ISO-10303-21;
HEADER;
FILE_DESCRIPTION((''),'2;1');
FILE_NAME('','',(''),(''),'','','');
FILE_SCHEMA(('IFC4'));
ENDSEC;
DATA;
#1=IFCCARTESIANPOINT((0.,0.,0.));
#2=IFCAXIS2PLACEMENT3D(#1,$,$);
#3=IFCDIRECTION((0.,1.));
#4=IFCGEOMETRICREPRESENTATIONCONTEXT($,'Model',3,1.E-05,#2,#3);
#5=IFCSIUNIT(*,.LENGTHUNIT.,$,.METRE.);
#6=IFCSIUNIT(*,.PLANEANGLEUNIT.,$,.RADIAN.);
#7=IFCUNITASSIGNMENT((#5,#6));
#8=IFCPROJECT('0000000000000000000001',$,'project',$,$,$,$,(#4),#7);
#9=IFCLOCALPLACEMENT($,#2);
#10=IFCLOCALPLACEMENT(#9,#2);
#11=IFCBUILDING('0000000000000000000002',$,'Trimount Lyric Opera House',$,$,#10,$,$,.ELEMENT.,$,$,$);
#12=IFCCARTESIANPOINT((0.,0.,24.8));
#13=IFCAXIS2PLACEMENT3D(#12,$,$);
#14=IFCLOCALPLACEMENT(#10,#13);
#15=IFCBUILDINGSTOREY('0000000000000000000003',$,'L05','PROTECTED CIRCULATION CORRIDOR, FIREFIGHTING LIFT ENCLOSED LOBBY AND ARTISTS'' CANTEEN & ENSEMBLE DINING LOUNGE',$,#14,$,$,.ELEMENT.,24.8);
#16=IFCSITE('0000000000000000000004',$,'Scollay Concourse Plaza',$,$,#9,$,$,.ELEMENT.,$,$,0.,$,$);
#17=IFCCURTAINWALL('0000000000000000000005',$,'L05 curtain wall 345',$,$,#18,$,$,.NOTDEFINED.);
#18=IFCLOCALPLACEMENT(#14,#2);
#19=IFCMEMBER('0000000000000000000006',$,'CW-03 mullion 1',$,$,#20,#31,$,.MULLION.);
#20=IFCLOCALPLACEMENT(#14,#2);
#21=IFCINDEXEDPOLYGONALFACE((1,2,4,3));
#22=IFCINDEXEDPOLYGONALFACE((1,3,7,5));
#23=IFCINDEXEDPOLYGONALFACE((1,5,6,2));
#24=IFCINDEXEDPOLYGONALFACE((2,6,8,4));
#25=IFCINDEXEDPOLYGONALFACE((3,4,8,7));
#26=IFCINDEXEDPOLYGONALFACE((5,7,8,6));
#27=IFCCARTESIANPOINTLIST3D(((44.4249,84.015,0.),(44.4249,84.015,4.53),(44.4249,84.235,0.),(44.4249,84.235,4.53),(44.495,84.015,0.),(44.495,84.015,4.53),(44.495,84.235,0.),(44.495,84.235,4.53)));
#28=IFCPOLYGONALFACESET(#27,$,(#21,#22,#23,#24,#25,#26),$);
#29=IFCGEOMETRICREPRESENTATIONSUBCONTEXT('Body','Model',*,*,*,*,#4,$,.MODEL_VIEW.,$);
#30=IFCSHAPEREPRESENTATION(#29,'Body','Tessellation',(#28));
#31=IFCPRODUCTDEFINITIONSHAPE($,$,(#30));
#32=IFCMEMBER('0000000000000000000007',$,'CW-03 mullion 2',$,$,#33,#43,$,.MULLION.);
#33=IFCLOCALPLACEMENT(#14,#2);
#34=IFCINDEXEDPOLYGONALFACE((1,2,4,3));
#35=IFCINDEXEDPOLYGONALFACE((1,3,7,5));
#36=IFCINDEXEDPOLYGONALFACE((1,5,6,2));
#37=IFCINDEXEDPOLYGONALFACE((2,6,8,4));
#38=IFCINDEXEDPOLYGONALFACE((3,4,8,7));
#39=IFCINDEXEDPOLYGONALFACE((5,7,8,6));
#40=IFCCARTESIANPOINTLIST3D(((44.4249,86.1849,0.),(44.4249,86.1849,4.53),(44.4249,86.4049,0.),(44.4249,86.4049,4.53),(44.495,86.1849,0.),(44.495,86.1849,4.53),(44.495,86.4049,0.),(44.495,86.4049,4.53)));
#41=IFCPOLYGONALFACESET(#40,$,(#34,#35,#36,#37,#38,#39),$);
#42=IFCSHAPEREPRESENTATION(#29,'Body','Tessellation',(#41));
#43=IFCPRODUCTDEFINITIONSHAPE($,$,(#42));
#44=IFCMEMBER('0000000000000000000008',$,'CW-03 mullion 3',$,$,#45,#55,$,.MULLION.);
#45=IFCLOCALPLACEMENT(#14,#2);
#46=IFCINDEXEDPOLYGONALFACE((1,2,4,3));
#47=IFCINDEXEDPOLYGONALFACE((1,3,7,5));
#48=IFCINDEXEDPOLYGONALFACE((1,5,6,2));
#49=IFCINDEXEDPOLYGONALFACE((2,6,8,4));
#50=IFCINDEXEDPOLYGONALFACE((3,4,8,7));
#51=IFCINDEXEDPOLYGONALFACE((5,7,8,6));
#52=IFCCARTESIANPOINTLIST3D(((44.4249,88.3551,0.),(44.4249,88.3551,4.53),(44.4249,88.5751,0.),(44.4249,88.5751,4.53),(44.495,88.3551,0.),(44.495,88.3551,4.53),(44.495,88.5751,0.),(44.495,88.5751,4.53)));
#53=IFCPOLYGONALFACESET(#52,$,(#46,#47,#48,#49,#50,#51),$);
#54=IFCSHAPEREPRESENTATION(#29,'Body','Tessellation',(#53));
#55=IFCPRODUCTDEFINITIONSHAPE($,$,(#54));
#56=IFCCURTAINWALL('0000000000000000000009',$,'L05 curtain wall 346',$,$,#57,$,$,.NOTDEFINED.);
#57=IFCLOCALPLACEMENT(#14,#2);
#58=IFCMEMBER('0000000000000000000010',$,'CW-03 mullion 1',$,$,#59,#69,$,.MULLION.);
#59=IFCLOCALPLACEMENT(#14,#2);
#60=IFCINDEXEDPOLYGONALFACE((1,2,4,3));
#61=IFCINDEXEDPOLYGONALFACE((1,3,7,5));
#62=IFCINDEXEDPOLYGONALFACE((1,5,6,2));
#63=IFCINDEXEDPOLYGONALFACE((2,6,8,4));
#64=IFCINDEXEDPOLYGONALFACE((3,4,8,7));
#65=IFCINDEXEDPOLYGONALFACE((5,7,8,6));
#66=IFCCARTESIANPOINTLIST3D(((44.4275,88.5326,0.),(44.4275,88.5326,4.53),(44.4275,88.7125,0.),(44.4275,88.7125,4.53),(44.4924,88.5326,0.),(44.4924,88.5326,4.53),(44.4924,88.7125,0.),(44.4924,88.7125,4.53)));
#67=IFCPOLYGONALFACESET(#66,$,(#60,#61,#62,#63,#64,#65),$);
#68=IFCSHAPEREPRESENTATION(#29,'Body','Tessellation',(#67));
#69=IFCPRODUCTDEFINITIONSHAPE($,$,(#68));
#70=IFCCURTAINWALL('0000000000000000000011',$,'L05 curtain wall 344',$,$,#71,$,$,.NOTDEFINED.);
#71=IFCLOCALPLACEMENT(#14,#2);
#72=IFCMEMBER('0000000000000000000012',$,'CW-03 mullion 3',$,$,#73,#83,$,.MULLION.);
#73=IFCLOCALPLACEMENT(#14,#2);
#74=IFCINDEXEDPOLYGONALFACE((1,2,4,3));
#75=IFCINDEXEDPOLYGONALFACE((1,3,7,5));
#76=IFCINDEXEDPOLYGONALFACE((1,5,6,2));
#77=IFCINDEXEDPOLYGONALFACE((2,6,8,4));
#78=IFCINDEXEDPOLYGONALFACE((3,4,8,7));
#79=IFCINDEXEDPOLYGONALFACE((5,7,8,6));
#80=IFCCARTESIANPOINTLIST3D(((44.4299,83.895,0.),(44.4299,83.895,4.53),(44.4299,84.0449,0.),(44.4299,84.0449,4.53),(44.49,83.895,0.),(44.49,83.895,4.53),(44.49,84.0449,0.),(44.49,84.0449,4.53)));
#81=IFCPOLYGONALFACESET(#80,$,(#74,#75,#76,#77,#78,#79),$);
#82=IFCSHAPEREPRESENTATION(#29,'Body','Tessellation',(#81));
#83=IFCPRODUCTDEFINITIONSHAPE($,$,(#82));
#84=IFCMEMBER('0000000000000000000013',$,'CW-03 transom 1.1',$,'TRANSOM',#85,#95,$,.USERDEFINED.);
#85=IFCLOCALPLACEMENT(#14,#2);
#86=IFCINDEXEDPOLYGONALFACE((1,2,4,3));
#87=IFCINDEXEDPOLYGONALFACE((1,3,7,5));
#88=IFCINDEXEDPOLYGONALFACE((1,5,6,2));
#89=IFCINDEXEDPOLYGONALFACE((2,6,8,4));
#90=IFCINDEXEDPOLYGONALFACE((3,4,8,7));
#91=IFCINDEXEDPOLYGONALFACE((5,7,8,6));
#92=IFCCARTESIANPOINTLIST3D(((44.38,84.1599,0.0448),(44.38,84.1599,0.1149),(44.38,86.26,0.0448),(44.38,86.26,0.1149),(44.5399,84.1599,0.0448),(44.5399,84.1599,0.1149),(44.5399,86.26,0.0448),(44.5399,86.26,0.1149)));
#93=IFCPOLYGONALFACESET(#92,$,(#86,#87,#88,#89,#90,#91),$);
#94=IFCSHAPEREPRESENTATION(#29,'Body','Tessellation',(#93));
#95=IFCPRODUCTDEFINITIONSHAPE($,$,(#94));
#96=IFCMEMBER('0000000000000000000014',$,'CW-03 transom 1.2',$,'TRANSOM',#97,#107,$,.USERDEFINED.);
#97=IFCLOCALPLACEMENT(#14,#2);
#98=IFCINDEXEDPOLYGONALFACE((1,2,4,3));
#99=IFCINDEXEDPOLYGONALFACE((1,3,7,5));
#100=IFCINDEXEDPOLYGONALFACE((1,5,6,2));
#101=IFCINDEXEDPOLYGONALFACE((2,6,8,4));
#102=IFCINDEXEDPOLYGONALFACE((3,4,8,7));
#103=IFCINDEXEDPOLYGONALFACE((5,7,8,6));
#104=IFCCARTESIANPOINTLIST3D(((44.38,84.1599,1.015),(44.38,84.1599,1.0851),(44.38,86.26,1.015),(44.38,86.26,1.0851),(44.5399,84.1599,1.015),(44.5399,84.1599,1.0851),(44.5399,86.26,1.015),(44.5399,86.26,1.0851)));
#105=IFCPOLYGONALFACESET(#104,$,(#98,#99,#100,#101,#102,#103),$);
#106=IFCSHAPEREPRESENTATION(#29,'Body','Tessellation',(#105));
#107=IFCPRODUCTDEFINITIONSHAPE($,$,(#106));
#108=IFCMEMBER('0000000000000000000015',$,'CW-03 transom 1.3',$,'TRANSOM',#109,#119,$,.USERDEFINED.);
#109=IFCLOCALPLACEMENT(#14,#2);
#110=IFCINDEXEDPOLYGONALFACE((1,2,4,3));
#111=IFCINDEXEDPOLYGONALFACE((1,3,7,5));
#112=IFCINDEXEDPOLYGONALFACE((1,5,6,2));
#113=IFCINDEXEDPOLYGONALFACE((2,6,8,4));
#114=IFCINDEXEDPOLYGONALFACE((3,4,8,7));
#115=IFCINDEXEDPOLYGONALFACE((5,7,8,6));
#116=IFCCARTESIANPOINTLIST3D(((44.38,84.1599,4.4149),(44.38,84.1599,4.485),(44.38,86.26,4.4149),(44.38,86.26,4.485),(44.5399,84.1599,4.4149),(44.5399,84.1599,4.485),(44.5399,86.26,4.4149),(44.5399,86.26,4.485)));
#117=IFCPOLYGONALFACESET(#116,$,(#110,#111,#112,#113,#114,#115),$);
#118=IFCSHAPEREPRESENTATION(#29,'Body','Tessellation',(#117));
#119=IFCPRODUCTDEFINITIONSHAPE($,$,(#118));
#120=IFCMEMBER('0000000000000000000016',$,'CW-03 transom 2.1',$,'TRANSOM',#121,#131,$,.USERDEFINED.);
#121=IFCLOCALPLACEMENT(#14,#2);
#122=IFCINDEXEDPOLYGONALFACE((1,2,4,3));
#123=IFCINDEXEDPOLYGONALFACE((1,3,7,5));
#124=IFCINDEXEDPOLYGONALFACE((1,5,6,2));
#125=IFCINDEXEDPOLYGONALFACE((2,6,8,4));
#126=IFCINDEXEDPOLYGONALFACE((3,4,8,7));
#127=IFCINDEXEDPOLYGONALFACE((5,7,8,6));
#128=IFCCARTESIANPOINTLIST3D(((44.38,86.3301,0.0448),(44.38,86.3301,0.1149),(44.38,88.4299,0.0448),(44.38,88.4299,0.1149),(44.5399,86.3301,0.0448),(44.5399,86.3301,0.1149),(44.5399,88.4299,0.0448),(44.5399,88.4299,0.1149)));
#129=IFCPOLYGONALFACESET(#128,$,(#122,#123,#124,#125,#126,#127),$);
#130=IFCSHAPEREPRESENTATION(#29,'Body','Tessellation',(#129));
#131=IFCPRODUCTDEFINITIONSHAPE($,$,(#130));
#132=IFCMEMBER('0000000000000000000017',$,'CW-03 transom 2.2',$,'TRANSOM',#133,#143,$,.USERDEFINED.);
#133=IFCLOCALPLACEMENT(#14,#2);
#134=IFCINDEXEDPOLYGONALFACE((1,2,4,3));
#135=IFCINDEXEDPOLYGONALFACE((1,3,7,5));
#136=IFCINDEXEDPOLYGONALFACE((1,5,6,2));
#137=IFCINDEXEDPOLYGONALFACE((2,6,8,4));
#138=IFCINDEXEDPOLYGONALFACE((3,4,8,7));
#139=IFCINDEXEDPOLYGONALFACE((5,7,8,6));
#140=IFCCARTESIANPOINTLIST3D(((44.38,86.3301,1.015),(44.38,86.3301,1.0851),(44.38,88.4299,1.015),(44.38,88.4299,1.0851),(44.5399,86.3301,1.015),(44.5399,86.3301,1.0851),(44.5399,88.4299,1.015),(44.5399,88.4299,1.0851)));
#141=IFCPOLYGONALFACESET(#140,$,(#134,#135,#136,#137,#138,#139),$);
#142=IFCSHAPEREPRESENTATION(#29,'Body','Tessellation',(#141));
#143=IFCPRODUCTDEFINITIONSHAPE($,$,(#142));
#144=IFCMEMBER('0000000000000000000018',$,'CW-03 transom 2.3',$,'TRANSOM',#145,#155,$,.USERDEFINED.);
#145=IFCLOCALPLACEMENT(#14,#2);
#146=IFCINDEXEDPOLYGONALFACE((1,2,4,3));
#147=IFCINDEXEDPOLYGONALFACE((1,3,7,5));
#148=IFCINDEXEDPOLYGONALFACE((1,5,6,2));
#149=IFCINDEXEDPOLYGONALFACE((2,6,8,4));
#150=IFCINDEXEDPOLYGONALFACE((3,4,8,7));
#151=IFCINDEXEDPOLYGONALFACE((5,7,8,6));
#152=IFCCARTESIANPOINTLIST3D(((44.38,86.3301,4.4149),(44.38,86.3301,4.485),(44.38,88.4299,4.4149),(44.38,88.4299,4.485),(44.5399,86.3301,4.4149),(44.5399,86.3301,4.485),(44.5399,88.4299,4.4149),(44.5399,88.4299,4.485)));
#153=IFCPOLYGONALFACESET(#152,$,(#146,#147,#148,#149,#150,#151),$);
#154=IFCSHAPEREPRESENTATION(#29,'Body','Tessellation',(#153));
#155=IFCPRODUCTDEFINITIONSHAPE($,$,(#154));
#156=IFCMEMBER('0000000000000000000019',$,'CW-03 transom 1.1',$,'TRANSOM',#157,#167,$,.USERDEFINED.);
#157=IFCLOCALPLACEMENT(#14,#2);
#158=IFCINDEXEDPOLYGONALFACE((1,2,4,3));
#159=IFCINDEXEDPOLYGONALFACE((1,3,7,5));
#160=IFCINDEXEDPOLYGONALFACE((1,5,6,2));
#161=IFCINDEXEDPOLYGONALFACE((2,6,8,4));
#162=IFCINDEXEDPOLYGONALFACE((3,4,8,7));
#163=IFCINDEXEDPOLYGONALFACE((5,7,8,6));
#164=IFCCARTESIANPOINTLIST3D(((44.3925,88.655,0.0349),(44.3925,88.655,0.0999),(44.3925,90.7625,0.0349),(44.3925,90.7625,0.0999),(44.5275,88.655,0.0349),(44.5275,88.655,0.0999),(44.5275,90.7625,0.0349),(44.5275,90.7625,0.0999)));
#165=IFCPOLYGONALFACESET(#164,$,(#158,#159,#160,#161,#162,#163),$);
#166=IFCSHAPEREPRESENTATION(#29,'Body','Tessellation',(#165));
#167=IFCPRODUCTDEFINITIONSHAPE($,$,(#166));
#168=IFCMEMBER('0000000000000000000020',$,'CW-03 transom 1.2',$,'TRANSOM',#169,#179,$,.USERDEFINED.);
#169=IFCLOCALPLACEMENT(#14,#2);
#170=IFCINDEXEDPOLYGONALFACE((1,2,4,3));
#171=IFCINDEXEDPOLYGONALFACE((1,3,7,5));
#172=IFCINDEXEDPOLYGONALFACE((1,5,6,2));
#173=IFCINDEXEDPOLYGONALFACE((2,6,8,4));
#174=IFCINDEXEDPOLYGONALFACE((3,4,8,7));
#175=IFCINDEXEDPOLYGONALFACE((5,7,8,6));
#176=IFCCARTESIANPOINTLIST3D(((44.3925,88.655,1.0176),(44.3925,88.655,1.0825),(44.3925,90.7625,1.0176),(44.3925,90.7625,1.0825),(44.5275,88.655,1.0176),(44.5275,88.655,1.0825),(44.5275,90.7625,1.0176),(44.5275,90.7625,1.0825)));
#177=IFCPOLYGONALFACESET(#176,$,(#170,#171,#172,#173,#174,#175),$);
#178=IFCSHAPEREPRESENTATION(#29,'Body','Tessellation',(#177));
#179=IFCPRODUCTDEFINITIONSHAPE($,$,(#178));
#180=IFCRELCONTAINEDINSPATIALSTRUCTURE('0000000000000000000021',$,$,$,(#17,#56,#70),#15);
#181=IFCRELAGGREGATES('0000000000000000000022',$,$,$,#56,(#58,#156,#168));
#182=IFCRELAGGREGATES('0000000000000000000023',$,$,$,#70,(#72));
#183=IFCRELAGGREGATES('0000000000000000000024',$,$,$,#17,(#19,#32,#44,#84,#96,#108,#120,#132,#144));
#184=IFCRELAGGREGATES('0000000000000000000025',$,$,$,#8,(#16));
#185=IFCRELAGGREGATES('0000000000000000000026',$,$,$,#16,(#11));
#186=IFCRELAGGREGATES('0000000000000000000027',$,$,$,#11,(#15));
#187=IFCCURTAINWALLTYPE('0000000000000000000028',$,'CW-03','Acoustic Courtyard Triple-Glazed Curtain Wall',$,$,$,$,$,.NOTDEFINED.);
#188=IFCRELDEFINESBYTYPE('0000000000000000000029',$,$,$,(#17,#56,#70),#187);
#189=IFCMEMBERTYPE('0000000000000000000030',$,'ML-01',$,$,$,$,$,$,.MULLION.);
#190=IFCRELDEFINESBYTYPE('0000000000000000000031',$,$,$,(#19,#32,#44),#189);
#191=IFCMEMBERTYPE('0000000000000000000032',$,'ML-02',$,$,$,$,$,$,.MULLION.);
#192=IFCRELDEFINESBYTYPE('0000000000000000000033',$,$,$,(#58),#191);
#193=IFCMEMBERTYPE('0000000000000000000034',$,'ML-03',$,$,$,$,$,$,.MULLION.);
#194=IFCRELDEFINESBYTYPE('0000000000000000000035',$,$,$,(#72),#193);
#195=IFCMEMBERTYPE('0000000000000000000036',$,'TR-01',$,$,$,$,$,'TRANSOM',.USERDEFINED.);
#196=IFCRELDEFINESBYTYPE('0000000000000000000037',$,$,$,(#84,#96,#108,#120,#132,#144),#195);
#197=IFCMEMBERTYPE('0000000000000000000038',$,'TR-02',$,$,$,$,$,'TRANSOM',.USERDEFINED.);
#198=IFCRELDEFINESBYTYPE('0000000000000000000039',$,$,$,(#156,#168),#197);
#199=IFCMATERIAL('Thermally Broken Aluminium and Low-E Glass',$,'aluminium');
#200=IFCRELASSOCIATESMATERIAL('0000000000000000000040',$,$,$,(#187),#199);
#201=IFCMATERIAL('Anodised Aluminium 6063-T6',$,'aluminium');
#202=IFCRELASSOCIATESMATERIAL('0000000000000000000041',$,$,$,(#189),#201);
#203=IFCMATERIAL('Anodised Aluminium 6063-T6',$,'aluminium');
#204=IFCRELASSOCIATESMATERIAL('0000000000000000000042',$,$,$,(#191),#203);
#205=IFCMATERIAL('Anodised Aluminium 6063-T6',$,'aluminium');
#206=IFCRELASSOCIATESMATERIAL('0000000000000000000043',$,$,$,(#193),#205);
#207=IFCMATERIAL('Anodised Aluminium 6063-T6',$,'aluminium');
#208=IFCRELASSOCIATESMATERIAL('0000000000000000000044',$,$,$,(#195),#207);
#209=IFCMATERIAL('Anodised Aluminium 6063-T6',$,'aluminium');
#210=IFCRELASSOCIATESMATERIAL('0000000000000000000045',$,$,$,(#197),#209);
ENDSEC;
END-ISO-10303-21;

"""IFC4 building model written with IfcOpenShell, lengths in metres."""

from ifc_helpers import new_model, si_unit, direction, frame, origin, origin_2d, place, context, subcontext, project, spatial, rectangle, extrude, material, material_profile, profile_set, type_object, element, aggregate, save


model = new_model("IFC4")

# Units and contexts
model_context = context("Model", 3, precision=1e-05, world=origin(), true_north=direction((0.0, 1.0)))
body_context = subcontext(model_context, "Body", "Model", "MODEL_VIEW")
ifc_project = project(units=[si_unit("LENGTHUNIT", "METRE"), si_unit("PLANEANGLEUNIT", "RADIAN")], contexts=[model_context])

# Site, building, storey
site_placement = place(None, origin())
site = spatial("IfcSite", under=ifc_project, at=site_placement, Name="Scollay Concourse Plaza", CompositionType="ELEMENT", RefElevation=0.0)
building_placement = place(site_placement, origin())
building = spatial("IfcBuilding", under=site, at=building_placement, Name="Trimount Lyric Opera House", CompositionType="ELEMENT")
storey_placement = place(building_placement, frame((0.0, 0.0, 24.8)))
storey = spatial("IfcBuildingStorey", under=building, at=storey_placement, Name="L05", Description="PROTECTED CIRCULATION CORRIDOR, FIREFIGHTING LIFT ENCLOSED LOBBY AND ARTISTS' CANTEEN & ENSEMBLE DINING LOUNGE", CompositionType="ELEMENT", Elevation=24.8)

# Curtain wall, members
ifc_material_1 = material(Name="Thermally Broken Aluminium and Low-E Glass", Category="aluminium")
curtain_wall_type = type_object("IfcCurtainWallType", Name="CW-03", Description="Acoustic Courtyard Triple-Glazed Curtain Wall", PredefinedType="NOTDEFINED", material=ifc_material_1)
curtain_wall_1_placement = place(storey_placement, origin())
curtain_wall_1 = element("IfcCurtainWall", 1, at=curtain_wall_1_placement, inside=storey, type_object=curtain_wall_type, Name="L05 curtain wall 345", PredefinedType="NOTDEFINED")
ifc_material_2 = material(Name="Anodised Aluminium 6063-T6", Category="aluminium")
ifc_material_profile_1 = material_profile(ifc_material_2, rectangle(XDim=0.0701, YDim=0.22, at=origin_2d()), Name="ALU-MULL-70X220")
ifc_profile_set_1 = profile_set([ifc_material_profile_1], Name="Anodised Aluminium 6063-T6")
member_type_1 = type_object("IfcMemberType", Name="ML-01", PredefinedType="MULLION", material=ifc_profile_set_1)
member_1_placement = place(storey_placement, frame((44.46, 84.125, 0.0), z_axis=(0.0, 0.0, 1.0), x_axis=(-1.0, 0.0, 0.0)))
member_1 = element("IfcMember", 2, at=member_1_placement, type_object=member_type_1, Name="CW-03 mullion 1", PredefinedType="MULLION", context=body_context, shape_type="SweptSolid", body=[
    extrude(rectangle(XDim=0.0701, YDim=0.22, at=origin_2d()), origin(), (0.0, 0.0, 1.0), 4.53),
])
member_2_placement = place(storey_placement, frame((44.46, 86.2949, 0.0), z_axis=(0.0, 0.0, 1.0), x_axis=(-1.0, 0.0, 0.0)))
member_2 = element("IfcMember", 3, at=member_2_placement, type_object=member_type_1, Name="CW-03 mullion 2", PredefinedType="MULLION", context=body_context, shape_type="SweptSolid", body=[
    extrude(rectangle(XDim=0.0701, YDim=0.22, at=origin_2d()), origin(), (0.0, 0.0, 1.0), 4.53),
])
member_3_placement = place(storey_placement, frame((44.46, 88.4651, 0.0), z_axis=(0.0, 0.0, 1.0), x_axis=(-1.0, 0.0, 0.0)))
member_3 = element("IfcMember", 4, at=member_3_placement, type_object=member_type_1, Name="CW-03 mullion 3", PredefinedType="MULLION", context=body_context, shape_type="SweptSolid", body=[
    extrude(rectangle(XDim=0.0701, YDim=0.22, at=origin_2d()), origin(), (0.0, 0.0, 1.0), 4.53),
])

# Curtain walls, members
curtain_wall_2_placement = place(storey_placement, origin())
curtain_wall_2 = element("IfcCurtainWall", 5, at=curtain_wall_2_placement, inside=storey, type_object=curtain_wall_type, Name="L05 curtain wall 346", PredefinedType="NOTDEFINED")
ifc_material_3 = material(Name="Anodised Aluminium 6063-T6", Category="aluminium")
ifc_material_profile_2 = material_profile(ifc_material_3, rectangle(XDim=0.0649, YDim=0.1799, at=origin_2d()), Name="ALU-MULL-65X180")
ifc_profile_set_2 = profile_set([ifc_material_profile_2], Name="Anodised Aluminium 6063-T6")
member_type_2 = type_object("IfcMemberType", Name="ML-02", PredefinedType="MULLION", material=ifc_profile_set_2)
member_4_placement = place(storey_placement, frame((44.46, 88.6226, 0.0), z_axis=(0.0, 0.0, 1.0), x_axis=(-1.0, 0.0, 0.0)))
member_4 = element("IfcMember", 6, at=member_4_placement, type_object=member_type_2, Name="CW-03 mullion 1", PredefinedType="MULLION", context=body_context, shape_type="SweptSolid", body=[
    extrude(rectangle(XDim=0.0649, YDim=0.1799, at=origin_2d()), origin(), (0.0, 0.0, 1.0), 4.53),
])
curtain_wall_3_placement = place(storey_placement, origin())
curtain_wall_3 = element("IfcCurtainWall", 7, at=curtain_wall_3_placement, inside=storey, type_object=curtain_wall_type, Name="L05 curtain wall 344", PredefinedType="NOTDEFINED")
ifc_material_4 = material(Name="Anodised Aluminium 6063-T6", Category="aluminium")
ifc_material_profile_3 = material_profile(ifc_material_4, rectangle(XDim=0.0601, YDim=0.1499, at=origin_2d()), Name="ALU-MULL-60X150")
ifc_profile_set_3 = profile_set([ifc_material_profile_3], Name="Anodised Aluminium 6063-T6")
member_type_3 = type_object("IfcMemberType", Name="ML-03", PredefinedType="MULLION", material=ifc_profile_set_3)
member_5_placement = place(storey_placement, frame((44.46, 83.97, 0.0), z_axis=(0.0, 0.0, 1.0), x_axis=(-1.0, 0.0, 0.0)))
member_5 = element("IfcMember", 8, at=member_5_placement, type_object=member_type_3, Name="CW-03 mullion 3", PredefinedType="MULLION", context=body_context, shape_type="SweptSolid", body=[
    extrude(rectangle(XDim=0.0601, YDim=0.1499, at=origin_2d()), origin(), (0.0, 0.0, 1.0), 4.53),
])

# Members
ifc_material_5 = material(Name="Anodised Aluminium 6063-T6", Category="aluminium")
ifc_material_profile_4 = material_profile(ifc_material_5, rectangle(XDim=0.1599, YDim=0.0701, at=origin_2d()), Name="ALU-TRAN-70X160")
ifc_profile_set_4 = profile_set([ifc_material_profile_4], Name="Anodised Aluminium 6063-T6")
member_type_4 = type_object("IfcMemberType", Name="TR-01", ElementType="TRANSOM", PredefinedType="USERDEFINED", material=ifc_profile_set_4)
member_6_placement = place(storey_placement, frame((44.46, 84.1599, 0.0798), z_axis=(0.0, 1.0, 0.0), x_axis=(-1.0, 0.0, 0.0)))
member_6 = element("IfcMember", 9, at=member_6_placement, type_object=member_type_4, Name="CW-03 transom 1.1", ObjectType="TRANSOM", PredefinedType="USERDEFINED", context=body_context, shape_type="SweptSolid", body=[
    extrude(rectangle(XDim=0.1599, YDim=0.0701, at=origin_2d()), origin(), (0.0, 0.0, 1.0), 2.1001),
])
member_7_placement = place(storey_placement, frame((44.46, 84.1599, 1.05), z_axis=(0.0, 1.0, 0.0), x_axis=(-1.0, 0.0, 0.0)))
member_7 = element("IfcMember", 10, at=member_7_placement, type_object=member_type_4, Name="CW-03 transom 1.2", ObjectType="TRANSOM", PredefinedType="USERDEFINED", context=body_context, shape_type="SweptSolid", body=[
    extrude(rectangle(XDim=0.1599, YDim=0.0701, at=origin_2d()), origin(), (0.0, 0.0, 1.0), 2.1001),
])
member_8_placement = place(storey_placement, frame((44.46, 84.1599, 4.45), z_axis=(0.0, 1.0, 0.0), x_axis=(-1.0, 0.0, 0.0)))
member_8 = element("IfcMember", 11, at=member_8_placement, type_object=member_type_4, Name="CW-03 transom 1.3", ObjectType="TRANSOM", PredefinedType="USERDEFINED", context=body_context, shape_type="SweptSolid", body=[
    extrude(rectangle(XDim=0.1599, YDim=0.0701, at=origin_2d()), origin(), (0.0, 0.0, 1.0), 2.1001),
])
member_9_placement = place(storey_placement, frame((44.46, 86.3301, 0.0798), z_axis=(0.0, 1.0, 0.0), x_axis=(-1.0, 0.0, 0.0)))
member_9 = element("IfcMember", 12, at=member_9_placement, type_object=member_type_4, Name="CW-03 transom 2.1", ObjectType="TRANSOM", PredefinedType="USERDEFINED", context=body_context, shape_type="SweptSolid", body=[
    extrude(rectangle(XDim=0.1599, YDim=0.0701, at=origin_2d()), origin(), (0.0, 0.0, 1.0), 2.0999),
])
member_10_placement = place(storey_placement, frame((44.46, 86.3301, 1.05), z_axis=(0.0, 1.0, 0.0), x_axis=(-1.0, 0.0, 0.0)))
member_10 = element("IfcMember", 13, at=member_10_placement, type_object=member_type_4, Name="CW-03 transom 2.2", ObjectType="TRANSOM", PredefinedType="USERDEFINED", context=body_context, shape_type="SweptSolid", body=[
    extrude(rectangle(XDim=0.1599, YDim=0.0701, at=origin_2d()), origin(), (0.0, 0.0, 1.0), 2.0999),
])
member_11_placement = place(storey_placement, frame((44.46, 86.3301, 4.45), z_axis=(0.0, 1.0, 0.0), x_axis=(-1.0, 0.0, 0.0)))
member_11 = element("IfcMember", 14, at=member_11_placement, type_object=member_type_4, Name="CW-03 transom 2.3", ObjectType="TRANSOM", PredefinedType="USERDEFINED", context=body_context, shape_type="SweptSolid", body=[
    extrude(rectangle(XDim=0.1599, YDim=0.0701, at=origin_2d()), origin(), (0.0, 0.0, 1.0), 2.0999),
])
ifc_material_6 = material(Name="Anodised Aluminium 6063-T6", Category="aluminium")
ifc_material_profile_5 = material_profile(ifc_material_6, rectangle(XDim=0.135, YDim=0.0649, at=origin_2d()), Name="ALU-TRAN-65X135")
ifc_profile_set_5 = profile_set([ifc_material_profile_5], Name="Anodised Aluminium 6063-T6")
member_type_5 = type_object("IfcMemberType", Name="TR-02", ElementType="TRANSOM", PredefinedType="USERDEFINED", material=ifc_profile_set_5)
member_12_placement = place(storey_placement, frame((44.46, 88.655, 0.0674), z_axis=(0.0, 1.0, 0.0), x_axis=(-1.0, 0.0, 0.0)))
member_12 = element("IfcMember", 15, at=member_12_placement, type_object=member_type_5, Name="CW-03 transom 1.1", ObjectType="TRANSOM", PredefinedType="USERDEFINED", context=body_context, shape_type="SweptSolid", body=[
    extrude(rectangle(XDim=0.135, YDim=0.0649, at=origin_2d()), origin(), (0.0, 0.0, 1.0), 2.1074),
])
member_13_placement = place(storey_placement, frame((44.46, 88.655, 1.05), z_axis=(0.0, 1.0, 0.0), x_axis=(-1.0, 0.0, 0.0)))
member_13 = element("IfcMember", 16, at=member_13_placement, type_object=member_type_5, Name="CW-03 transom 1.2", ObjectType="TRANSOM", PredefinedType="USERDEFINED", context=body_context, shape_type="SweptSolid", body=[
    extrude(rectangle(XDim=0.135, YDim=0.0649, at=origin_2d()), origin(), (0.0, 0.0, 1.0), 2.1074),
])
aggregate(curtain_wall_2, [member_4, member_12, member_13])

aggregate(curtain_wall_3, [member_5])
aggregate(curtain_wall_1, [member_1, member_2, member_3, member_6, member_7, member_8, member_9, member_10, member_11])

save(model, "model.ifc")
